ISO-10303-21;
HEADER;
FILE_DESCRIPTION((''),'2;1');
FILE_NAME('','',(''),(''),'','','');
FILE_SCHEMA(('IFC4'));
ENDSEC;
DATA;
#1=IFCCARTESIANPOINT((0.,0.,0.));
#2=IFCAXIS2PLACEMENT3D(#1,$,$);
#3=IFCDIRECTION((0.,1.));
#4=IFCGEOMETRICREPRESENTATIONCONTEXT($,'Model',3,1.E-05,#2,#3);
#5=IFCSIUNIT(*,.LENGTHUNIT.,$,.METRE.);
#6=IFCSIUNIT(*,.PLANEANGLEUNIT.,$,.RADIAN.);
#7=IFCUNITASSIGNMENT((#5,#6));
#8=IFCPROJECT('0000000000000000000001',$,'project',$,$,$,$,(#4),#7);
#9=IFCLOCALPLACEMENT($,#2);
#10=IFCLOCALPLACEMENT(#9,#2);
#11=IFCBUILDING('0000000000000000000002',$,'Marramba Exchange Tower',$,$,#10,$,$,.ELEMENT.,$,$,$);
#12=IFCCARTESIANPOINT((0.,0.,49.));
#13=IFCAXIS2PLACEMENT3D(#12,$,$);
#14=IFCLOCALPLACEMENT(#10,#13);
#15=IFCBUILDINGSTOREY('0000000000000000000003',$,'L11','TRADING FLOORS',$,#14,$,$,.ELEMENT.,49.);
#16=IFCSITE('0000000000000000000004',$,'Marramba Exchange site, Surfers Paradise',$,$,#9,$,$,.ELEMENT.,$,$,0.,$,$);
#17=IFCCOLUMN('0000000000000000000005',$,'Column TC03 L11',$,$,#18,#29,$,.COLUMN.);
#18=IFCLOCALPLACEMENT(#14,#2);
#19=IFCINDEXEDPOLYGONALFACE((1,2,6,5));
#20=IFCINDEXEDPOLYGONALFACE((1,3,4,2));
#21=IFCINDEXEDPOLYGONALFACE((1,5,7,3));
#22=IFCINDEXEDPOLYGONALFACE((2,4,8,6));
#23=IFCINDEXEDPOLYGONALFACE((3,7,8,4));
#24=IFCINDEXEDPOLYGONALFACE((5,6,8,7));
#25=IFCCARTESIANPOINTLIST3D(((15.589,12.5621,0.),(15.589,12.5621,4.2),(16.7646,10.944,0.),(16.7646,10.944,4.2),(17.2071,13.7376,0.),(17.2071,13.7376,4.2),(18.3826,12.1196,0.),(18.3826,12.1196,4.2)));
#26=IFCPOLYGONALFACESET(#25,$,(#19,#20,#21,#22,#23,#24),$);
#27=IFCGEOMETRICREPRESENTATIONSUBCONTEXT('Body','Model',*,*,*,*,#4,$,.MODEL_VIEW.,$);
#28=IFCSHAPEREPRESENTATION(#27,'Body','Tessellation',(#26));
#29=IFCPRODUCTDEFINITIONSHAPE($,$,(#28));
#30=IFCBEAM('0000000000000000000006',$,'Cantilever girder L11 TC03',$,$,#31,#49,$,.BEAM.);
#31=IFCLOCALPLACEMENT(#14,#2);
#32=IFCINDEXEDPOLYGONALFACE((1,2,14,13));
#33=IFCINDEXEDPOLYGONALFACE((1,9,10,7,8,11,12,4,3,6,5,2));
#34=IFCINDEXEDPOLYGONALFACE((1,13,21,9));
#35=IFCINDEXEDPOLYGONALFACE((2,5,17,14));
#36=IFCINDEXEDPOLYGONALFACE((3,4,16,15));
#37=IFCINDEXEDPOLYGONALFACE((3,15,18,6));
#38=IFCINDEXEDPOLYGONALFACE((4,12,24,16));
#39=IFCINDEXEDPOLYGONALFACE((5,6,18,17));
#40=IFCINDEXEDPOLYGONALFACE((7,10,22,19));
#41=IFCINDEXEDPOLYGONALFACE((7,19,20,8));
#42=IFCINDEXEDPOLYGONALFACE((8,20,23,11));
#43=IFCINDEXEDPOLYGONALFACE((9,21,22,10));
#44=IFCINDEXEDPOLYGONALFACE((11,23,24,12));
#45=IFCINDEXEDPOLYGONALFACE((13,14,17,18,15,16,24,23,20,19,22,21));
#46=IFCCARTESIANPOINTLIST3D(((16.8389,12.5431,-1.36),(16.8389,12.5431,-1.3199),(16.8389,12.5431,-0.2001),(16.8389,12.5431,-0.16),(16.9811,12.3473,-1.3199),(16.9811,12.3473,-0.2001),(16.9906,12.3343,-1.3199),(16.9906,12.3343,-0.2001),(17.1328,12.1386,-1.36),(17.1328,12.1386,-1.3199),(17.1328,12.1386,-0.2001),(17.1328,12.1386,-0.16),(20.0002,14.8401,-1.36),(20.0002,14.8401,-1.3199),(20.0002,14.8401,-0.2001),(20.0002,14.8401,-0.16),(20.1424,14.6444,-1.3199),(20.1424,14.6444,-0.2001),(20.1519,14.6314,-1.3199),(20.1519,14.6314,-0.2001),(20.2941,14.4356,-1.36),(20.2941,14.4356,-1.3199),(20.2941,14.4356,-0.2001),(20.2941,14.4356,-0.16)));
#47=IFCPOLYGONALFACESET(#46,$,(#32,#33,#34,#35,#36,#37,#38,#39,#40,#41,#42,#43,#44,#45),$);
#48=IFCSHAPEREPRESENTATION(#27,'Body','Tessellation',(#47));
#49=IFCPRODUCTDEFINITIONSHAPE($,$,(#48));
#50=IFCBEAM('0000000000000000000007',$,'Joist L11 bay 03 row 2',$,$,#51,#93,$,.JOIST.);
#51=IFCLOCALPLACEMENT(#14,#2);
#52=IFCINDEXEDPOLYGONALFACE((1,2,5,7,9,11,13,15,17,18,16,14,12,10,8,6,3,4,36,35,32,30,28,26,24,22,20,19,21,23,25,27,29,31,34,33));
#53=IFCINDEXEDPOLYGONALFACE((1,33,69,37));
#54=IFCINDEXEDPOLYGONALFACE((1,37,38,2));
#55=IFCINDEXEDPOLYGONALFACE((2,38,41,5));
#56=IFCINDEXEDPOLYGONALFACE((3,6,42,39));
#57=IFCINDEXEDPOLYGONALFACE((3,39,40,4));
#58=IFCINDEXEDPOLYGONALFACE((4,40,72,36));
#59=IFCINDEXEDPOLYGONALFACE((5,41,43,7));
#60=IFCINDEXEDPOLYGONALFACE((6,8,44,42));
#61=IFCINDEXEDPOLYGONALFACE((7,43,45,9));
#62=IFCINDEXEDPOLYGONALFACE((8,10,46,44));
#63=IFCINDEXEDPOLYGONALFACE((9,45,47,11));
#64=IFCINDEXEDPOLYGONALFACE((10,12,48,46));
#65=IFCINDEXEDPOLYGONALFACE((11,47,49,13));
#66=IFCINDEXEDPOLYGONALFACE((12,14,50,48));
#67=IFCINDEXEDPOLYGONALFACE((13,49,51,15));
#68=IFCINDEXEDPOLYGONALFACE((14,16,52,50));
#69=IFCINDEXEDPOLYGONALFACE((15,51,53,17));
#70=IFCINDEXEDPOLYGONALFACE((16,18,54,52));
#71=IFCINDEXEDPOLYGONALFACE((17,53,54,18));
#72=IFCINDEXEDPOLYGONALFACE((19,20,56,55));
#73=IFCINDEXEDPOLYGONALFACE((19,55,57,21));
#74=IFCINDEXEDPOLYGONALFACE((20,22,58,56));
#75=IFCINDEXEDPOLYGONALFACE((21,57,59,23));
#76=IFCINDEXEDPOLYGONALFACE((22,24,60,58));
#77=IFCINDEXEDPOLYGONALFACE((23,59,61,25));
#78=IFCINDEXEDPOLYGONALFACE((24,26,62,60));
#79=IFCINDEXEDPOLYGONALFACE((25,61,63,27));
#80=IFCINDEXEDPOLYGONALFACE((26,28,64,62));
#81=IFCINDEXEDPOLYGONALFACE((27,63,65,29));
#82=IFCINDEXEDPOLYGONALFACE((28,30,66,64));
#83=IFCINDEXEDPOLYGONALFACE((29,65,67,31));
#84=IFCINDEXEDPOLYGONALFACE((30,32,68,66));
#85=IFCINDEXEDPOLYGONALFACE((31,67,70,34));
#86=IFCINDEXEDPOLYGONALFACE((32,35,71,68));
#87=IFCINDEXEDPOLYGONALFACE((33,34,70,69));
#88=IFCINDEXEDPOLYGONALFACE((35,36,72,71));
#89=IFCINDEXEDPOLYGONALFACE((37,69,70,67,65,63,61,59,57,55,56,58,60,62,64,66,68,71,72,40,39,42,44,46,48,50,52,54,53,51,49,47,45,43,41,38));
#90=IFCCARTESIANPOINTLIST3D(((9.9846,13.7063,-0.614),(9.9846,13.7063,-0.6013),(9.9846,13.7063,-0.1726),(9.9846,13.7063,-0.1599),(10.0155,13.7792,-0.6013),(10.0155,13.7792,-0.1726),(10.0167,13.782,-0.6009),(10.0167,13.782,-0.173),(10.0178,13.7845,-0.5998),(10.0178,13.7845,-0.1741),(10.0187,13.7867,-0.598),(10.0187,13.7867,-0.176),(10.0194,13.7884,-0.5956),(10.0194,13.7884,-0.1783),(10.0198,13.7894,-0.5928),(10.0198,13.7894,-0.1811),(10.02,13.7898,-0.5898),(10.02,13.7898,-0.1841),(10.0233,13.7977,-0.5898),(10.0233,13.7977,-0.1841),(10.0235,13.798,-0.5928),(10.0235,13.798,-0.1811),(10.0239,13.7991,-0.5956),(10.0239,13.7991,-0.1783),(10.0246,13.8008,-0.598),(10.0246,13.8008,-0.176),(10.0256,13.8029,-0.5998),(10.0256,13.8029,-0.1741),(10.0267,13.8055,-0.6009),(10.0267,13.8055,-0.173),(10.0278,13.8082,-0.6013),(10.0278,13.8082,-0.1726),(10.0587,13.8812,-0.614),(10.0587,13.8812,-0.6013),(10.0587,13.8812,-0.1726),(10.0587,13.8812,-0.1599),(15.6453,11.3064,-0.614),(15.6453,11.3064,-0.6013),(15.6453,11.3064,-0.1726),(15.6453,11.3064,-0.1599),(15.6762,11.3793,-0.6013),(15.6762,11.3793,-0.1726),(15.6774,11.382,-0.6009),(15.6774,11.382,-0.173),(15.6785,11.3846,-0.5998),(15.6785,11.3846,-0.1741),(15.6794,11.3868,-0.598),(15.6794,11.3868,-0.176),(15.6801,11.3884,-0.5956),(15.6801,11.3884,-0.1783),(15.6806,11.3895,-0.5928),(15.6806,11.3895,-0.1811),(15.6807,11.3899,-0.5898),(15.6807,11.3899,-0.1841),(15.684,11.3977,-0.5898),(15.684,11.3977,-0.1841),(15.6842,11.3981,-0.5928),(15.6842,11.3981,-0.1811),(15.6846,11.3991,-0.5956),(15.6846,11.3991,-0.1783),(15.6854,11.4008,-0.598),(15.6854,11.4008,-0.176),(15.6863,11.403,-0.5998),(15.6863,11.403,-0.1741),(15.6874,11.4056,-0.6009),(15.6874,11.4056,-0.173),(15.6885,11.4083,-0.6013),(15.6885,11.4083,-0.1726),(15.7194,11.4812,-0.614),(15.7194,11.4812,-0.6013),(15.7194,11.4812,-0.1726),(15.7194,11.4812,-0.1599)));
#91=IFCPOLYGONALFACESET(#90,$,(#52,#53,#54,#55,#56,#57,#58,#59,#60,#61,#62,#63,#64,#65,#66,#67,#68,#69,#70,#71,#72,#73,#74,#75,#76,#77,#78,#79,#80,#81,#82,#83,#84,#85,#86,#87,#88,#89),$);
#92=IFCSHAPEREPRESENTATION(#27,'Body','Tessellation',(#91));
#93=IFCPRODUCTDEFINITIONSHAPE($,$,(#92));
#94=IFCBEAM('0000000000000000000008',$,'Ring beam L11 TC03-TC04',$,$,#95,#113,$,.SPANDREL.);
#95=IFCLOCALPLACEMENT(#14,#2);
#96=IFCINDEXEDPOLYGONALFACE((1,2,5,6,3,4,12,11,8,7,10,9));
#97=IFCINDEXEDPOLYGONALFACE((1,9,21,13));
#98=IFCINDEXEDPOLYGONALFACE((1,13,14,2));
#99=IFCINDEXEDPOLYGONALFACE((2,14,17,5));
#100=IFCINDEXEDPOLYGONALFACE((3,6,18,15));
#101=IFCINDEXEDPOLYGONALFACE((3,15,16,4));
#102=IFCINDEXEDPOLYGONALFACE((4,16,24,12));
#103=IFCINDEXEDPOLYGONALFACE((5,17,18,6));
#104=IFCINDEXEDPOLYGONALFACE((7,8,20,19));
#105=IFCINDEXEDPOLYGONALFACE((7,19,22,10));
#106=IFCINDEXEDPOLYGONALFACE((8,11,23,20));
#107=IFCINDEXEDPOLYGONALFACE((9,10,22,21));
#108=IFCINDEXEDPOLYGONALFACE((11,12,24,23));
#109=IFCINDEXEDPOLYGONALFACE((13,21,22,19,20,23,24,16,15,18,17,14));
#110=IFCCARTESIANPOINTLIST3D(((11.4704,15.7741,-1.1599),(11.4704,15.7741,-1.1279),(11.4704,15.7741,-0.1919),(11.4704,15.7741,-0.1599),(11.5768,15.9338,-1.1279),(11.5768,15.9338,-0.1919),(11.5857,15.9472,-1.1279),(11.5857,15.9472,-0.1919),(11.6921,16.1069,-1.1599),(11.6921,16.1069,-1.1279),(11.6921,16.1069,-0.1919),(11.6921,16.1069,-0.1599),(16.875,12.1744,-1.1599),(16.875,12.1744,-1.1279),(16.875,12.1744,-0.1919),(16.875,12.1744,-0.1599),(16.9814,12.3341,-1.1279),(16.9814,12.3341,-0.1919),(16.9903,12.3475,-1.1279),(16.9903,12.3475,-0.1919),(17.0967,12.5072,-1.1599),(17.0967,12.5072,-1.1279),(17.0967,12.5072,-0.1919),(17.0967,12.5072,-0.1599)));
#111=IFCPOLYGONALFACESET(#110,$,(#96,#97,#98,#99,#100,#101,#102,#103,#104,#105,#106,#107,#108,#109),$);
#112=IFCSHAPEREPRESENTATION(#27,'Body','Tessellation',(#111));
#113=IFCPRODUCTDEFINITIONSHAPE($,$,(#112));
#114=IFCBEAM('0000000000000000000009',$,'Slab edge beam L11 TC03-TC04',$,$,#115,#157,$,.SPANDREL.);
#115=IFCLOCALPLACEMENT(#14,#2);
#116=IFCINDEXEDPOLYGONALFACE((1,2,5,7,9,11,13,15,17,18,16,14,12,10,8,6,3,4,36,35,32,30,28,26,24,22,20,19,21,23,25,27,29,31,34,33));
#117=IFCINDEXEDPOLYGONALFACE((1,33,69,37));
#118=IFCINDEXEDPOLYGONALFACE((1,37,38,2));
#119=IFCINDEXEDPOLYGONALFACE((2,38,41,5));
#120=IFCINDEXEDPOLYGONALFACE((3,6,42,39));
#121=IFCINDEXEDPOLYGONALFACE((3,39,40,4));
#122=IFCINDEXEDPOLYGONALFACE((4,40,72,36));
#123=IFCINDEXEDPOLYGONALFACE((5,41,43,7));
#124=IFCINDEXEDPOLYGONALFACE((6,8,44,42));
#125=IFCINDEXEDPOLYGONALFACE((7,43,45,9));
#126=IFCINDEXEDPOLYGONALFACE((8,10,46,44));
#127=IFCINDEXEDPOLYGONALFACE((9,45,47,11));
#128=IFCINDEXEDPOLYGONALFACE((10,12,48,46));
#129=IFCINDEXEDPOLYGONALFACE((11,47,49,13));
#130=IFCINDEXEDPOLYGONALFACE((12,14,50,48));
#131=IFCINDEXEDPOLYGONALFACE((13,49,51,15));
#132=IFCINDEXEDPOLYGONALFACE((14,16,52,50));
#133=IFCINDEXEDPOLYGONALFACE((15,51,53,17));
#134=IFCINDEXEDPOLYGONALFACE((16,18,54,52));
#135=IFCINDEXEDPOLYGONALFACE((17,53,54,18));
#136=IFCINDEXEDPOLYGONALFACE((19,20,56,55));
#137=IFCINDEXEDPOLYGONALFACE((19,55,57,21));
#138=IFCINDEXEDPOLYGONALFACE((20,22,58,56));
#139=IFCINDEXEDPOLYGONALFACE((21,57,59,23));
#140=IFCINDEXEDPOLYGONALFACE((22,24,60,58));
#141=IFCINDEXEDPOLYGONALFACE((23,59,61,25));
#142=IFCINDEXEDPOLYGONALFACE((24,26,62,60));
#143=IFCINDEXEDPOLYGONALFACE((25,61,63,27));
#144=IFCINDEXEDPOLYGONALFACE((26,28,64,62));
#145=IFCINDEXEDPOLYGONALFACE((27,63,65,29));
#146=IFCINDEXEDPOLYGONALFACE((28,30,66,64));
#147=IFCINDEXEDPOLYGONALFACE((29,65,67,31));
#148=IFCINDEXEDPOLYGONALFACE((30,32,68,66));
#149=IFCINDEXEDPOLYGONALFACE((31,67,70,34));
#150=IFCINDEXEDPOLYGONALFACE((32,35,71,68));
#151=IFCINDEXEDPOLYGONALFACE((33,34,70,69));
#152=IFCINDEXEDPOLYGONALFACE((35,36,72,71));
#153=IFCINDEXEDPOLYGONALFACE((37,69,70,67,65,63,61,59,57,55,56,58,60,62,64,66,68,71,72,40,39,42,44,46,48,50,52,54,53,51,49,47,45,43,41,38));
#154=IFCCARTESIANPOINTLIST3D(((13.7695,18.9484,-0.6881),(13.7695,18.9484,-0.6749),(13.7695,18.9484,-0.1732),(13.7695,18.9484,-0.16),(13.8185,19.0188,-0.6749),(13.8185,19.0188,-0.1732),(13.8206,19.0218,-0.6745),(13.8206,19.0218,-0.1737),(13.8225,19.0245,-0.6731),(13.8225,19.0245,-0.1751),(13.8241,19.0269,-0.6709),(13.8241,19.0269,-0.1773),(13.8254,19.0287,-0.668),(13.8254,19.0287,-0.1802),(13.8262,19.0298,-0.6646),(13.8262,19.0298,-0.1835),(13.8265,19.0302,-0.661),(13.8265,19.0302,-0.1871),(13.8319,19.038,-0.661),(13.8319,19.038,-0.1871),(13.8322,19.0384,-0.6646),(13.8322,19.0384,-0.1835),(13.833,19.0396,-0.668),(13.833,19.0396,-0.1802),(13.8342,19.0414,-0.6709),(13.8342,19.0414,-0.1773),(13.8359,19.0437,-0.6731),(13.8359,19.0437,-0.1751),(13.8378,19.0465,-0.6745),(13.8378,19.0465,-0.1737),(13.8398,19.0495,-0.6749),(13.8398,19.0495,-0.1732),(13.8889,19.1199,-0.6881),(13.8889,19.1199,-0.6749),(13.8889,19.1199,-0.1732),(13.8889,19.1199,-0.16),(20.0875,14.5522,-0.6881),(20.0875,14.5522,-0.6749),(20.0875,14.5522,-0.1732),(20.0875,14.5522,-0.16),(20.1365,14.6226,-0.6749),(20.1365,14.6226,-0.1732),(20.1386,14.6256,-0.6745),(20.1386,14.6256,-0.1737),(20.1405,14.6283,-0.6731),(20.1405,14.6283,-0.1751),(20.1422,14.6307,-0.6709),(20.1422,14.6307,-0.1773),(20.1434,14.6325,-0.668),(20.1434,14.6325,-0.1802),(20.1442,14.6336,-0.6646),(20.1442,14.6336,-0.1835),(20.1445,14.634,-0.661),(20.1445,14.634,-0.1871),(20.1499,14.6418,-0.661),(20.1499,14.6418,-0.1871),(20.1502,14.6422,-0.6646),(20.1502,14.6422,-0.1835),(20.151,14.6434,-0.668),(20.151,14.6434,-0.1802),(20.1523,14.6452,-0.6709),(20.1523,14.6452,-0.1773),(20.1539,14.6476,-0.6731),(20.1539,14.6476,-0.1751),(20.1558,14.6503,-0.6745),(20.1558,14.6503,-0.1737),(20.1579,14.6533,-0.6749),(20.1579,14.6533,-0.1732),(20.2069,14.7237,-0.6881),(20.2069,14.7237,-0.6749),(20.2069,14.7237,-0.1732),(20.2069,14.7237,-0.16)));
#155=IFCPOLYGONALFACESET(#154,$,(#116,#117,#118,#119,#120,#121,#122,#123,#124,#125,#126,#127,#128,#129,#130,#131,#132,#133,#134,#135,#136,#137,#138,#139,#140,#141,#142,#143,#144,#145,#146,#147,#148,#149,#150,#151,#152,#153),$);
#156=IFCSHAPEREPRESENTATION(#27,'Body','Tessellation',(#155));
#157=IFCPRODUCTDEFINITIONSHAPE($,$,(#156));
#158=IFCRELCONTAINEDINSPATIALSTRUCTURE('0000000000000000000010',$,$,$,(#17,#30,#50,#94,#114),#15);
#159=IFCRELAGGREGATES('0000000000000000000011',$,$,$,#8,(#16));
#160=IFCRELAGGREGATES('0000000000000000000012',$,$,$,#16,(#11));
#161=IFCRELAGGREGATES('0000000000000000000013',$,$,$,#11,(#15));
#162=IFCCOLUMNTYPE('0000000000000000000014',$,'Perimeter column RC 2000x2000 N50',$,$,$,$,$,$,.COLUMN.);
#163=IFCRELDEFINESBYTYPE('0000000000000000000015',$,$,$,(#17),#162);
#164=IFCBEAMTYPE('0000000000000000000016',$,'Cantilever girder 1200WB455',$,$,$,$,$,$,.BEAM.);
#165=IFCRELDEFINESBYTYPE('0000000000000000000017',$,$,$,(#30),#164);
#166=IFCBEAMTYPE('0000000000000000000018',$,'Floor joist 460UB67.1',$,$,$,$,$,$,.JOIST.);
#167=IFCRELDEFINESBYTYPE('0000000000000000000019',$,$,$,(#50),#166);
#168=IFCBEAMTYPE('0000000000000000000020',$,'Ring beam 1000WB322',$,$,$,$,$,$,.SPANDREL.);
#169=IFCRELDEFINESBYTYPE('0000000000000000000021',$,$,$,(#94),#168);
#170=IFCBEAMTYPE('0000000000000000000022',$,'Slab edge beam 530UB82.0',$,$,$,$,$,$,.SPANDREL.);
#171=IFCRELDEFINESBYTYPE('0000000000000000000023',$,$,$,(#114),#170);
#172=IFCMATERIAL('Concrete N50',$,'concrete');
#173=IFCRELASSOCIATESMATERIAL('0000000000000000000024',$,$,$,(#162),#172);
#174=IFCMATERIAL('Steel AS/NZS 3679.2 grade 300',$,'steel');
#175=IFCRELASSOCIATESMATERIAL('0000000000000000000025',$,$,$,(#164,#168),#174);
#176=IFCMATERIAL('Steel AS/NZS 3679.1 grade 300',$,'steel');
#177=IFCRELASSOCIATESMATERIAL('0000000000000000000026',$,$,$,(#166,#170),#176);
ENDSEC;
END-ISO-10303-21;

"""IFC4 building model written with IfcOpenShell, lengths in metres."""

from ifc_helpers import new_model, si_unit, direction, frame, origin, origin_2d, place, context, subcontext, project, spatial, rectangle, i_section, extrude, material, material_profile, profile_set, type_object, element, save


model = new_model("IFC4")

# Units and contexts
model_context = context("Model", 3, precision=1e-05, world=origin(), true_north=direction((0.0, 1.0)))
body_context = subcontext(model_context, "Body", "Model", "MODEL_VIEW")
ifc_project = project(units=[si_unit("LENGTHUNIT", "METRE"), si_unit("PLANEANGLEUNIT", "RADIAN")], contexts=[model_context])

# Site, building, storey
site_placement = place(None, origin())
site = spatial("IfcSite", under=ifc_project, at=site_placement, Name="Marramba Exchange site, Surfers Paradise", CompositionType="ELEMENT", RefElevation=0.0)
building_placement = place(site_placement, origin())
building = spatial("IfcBuilding", under=site, at=building_placement, Name="Marramba Exchange Tower", CompositionType="ELEMENT")
storey_placement = place(building_placement, frame((0.0, 0.0, 49.0)))
storey = spatial("IfcBuildingStorey", under=building, at=storey_placement, Name="L11", Description="TRADING FLOORS", CompositionType="ELEMENT", Elevation=49.0)

# Column
ifc_material_1 = material(Name="Concrete N50", Category="concrete")
ifc_material_profile_1 = material_profile(ifc_material_1, rectangle(XDim=2.0, YDim=2.0, at=origin_2d()), Name="RC 2000x2000")
ifc_profile_set_1 = profile_set([ifc_material_profile_1], Name="Concrete N50")
column_type = type_object("IfcColumnType", Name="Perimeter column RC 2000x2000 N50", PredefinedType="COLUMN", material=ifc_profile_set_1)
column_placement = place(storey_placement, frame((16.9858, 12.3408, 0.0), z_axis=(0.0, 0.0, 1.0), x_axis=(0.809017, 0.587785, 0.0)))
element("IfcColumn", 1, at=column_placement, inside=storey, type_object=column_type, Name="Column TC03 L11", PredefinedType="COLUMN", context=body_context, shape_type="SweptSolid", body=[
    extrude(rectangle(XDim=2.0, YDim=2.0, at=origin_2d()), origin(), (0.0, 0.0, 1.0), 4.2),
])

# Beams
ifc_material_2 = material(Name="Steel AS/NZS 3679.2 grade 300", Category="steel")
ifc_material_profile_2 = material_profile(ifc_material_2, i_section(OverallWidth=0.5, OverallDepth=1.2, WebThickness=0.0161, FlangeThickness=0.04, at=origin_2d()), Name="1200WB455")
ifc_profile_set_2 = profile_set([ifc_material_profile_2], Name="Steel AS/NZS 3679.2 grade 300")
beam_type_1 = type_object("IfcBeamType", Name="Cantilever girder 1200WB455", PredefinedType="BEAM", material=ifc_profile_set_2)
beam_1_placement = place(storey_placement, frame((16.9858, 12.3408, -0.76), z_axis=(0.808987, 0.587826, 0.0), x_axis=(-0.587826, 0.808987, 0.0)))
element("IfcBeam", 2, at=beam_1_placement, inside=storey, type_object=beam_type_1, Name="Cantilever girder L11 TC03", PredefinedType="BEAM", context=body_context, shape_type="SweptSolid", body=[
    extrude(i_section(OverallWidth=0.5, OverallDepth=1.2, WebThickness=0.0161, FlangeThickness=0.04, at=origin_2d()), origin(), (0.0, 0.0, 1.0), 3.9077),
])
ifc_material_3 = material(Name="Steel AS/NZS 3679.1 grade 300", Category="steel")
ifc_material_profile_3 = material_profile(ifc_material_3, i_section(OverallWidth=0.1899, OverallDepth=0.4541, WebThickness=0.0085, FlangeThickness=0.0127, FilletRadius=0.0115, at=origin_2d()), Name="460UB67.1")
ifc_profile_set_3 = profile_set([ifc_material_profile_3], Name="Steel AS/NZS 3679.1 grade 300")
beam_type_2 = type_object("IfcBeamType", Name="Floor joist 460UB67.1", PredefinedType="JOIST", material=ifc_profile_set_3)
beam_2_placement = place(storey_placement, frame((15.6824, 11.3938, -0.387), z_axis=(-0.920674, 0.390332, 0.0), x_axis=(-0.390332, -0.920674, 0.0)))
element("IfcBeam", 3, at=beam_2_placement, inside=storey, type_object=beam_type_2, Name="Joist L11 bay 03 row 2", PredefinedType="JOIST", context=body_context, shape_type="SweptSolid", body=[
    extrude(i_section(OverallWidth=0.1899, OverallDepth=0.4541, WebThickness=0.0085, FlangeThickness=0.0127, FilletRadius=0.0115, at=origin_2d()), origin(), (0.0, 0.0, 1.0), 6.1484),
])
ifc_material_profile_4 = material_profile(ifc_material_2, i_section(OverallWidth=0.3999, OverallDepth=1.0, WebThickness=0.0161, FlangeThickness=0.032, at=origin_2d()), Name="1000WB322")
ifc_profile_set_4 = profile_set([ifc_material_profile_4], Name="Steel AS/NZS 3679.2 grade 300")
beam_type_3 = type_object("IfcBeamType", Name="Ring beam 1000WB322", PredefinedType="SPANDREL", material=ifc_profile_set_4)
beam_3_placement = place(storey_placement, frame((16.9858, 12.3408, -0.6599), z_axis=(-0.832293, 0.554336, 0.0), x_axis=(-0.554336, -0.832293, 0.0)))
element("IfcBeam", 4, at=beam_3_placement, inside=storey, type_object=beam_type_3, Name="Ring beam L11 TC03-TC04", PredefinedType="SPANDREL", context=body_context, shape_type="SweptSolid", body=[
    extrude(i_section(OverallWidth=0.3999, OverallDepth=1.0, WebThickness=0.0161, FlangeThickness=0.032, at=origin_2d()), origin(), (0.0, 0.0, 1.0), 6.4937),
])
ifc_material_profile_5 = material_profile(ifc_material_3, i_section(OverallWidth=0.209, OverallDepth=0.5281, WebThickness=0.0095, FlangeThickness=0.0132, FilletRadius=0.0139, at=origin_2d()), Name="530UB82.0")
ifc_profile_set_5 = profile_set([ifc_material_profile_5], Name="Steel AS/NZS 3679.1 grade 300")
beam_type_4 = type_object("IfcBeamType", Name="Slab edge beam 530UB82.0", PredefinedType="SPANDREL", material=ifc_profile_set_5)
beam_4_placement = place(storey_placement, frame((20.1472, 14.6379, -0.4241), z_axis=(-0.820842, 0.571155, 0.0), x_axis=(-0.571155, -0.820842, 0.0)))
element("IfcBeam", 5, at=beam_4_placement, inside=storey, type_object=beam_type_4, Name="Slab edge beam L11 TC03-TC04", PredefinedType="SPANDREL", context=body_context, shape_type="SweptSolid", body=[
    extrude(i_section(OverallWidth=0.209, OverallDepth=0.5281, WebThickness=0.0095, FlangeThickness=0.0132, FilletRadius=0.0139, at=origin_2d()), origin(), (0.0, 0.0, 1.0), 7.697),
])

save(model, "model.ifc")
